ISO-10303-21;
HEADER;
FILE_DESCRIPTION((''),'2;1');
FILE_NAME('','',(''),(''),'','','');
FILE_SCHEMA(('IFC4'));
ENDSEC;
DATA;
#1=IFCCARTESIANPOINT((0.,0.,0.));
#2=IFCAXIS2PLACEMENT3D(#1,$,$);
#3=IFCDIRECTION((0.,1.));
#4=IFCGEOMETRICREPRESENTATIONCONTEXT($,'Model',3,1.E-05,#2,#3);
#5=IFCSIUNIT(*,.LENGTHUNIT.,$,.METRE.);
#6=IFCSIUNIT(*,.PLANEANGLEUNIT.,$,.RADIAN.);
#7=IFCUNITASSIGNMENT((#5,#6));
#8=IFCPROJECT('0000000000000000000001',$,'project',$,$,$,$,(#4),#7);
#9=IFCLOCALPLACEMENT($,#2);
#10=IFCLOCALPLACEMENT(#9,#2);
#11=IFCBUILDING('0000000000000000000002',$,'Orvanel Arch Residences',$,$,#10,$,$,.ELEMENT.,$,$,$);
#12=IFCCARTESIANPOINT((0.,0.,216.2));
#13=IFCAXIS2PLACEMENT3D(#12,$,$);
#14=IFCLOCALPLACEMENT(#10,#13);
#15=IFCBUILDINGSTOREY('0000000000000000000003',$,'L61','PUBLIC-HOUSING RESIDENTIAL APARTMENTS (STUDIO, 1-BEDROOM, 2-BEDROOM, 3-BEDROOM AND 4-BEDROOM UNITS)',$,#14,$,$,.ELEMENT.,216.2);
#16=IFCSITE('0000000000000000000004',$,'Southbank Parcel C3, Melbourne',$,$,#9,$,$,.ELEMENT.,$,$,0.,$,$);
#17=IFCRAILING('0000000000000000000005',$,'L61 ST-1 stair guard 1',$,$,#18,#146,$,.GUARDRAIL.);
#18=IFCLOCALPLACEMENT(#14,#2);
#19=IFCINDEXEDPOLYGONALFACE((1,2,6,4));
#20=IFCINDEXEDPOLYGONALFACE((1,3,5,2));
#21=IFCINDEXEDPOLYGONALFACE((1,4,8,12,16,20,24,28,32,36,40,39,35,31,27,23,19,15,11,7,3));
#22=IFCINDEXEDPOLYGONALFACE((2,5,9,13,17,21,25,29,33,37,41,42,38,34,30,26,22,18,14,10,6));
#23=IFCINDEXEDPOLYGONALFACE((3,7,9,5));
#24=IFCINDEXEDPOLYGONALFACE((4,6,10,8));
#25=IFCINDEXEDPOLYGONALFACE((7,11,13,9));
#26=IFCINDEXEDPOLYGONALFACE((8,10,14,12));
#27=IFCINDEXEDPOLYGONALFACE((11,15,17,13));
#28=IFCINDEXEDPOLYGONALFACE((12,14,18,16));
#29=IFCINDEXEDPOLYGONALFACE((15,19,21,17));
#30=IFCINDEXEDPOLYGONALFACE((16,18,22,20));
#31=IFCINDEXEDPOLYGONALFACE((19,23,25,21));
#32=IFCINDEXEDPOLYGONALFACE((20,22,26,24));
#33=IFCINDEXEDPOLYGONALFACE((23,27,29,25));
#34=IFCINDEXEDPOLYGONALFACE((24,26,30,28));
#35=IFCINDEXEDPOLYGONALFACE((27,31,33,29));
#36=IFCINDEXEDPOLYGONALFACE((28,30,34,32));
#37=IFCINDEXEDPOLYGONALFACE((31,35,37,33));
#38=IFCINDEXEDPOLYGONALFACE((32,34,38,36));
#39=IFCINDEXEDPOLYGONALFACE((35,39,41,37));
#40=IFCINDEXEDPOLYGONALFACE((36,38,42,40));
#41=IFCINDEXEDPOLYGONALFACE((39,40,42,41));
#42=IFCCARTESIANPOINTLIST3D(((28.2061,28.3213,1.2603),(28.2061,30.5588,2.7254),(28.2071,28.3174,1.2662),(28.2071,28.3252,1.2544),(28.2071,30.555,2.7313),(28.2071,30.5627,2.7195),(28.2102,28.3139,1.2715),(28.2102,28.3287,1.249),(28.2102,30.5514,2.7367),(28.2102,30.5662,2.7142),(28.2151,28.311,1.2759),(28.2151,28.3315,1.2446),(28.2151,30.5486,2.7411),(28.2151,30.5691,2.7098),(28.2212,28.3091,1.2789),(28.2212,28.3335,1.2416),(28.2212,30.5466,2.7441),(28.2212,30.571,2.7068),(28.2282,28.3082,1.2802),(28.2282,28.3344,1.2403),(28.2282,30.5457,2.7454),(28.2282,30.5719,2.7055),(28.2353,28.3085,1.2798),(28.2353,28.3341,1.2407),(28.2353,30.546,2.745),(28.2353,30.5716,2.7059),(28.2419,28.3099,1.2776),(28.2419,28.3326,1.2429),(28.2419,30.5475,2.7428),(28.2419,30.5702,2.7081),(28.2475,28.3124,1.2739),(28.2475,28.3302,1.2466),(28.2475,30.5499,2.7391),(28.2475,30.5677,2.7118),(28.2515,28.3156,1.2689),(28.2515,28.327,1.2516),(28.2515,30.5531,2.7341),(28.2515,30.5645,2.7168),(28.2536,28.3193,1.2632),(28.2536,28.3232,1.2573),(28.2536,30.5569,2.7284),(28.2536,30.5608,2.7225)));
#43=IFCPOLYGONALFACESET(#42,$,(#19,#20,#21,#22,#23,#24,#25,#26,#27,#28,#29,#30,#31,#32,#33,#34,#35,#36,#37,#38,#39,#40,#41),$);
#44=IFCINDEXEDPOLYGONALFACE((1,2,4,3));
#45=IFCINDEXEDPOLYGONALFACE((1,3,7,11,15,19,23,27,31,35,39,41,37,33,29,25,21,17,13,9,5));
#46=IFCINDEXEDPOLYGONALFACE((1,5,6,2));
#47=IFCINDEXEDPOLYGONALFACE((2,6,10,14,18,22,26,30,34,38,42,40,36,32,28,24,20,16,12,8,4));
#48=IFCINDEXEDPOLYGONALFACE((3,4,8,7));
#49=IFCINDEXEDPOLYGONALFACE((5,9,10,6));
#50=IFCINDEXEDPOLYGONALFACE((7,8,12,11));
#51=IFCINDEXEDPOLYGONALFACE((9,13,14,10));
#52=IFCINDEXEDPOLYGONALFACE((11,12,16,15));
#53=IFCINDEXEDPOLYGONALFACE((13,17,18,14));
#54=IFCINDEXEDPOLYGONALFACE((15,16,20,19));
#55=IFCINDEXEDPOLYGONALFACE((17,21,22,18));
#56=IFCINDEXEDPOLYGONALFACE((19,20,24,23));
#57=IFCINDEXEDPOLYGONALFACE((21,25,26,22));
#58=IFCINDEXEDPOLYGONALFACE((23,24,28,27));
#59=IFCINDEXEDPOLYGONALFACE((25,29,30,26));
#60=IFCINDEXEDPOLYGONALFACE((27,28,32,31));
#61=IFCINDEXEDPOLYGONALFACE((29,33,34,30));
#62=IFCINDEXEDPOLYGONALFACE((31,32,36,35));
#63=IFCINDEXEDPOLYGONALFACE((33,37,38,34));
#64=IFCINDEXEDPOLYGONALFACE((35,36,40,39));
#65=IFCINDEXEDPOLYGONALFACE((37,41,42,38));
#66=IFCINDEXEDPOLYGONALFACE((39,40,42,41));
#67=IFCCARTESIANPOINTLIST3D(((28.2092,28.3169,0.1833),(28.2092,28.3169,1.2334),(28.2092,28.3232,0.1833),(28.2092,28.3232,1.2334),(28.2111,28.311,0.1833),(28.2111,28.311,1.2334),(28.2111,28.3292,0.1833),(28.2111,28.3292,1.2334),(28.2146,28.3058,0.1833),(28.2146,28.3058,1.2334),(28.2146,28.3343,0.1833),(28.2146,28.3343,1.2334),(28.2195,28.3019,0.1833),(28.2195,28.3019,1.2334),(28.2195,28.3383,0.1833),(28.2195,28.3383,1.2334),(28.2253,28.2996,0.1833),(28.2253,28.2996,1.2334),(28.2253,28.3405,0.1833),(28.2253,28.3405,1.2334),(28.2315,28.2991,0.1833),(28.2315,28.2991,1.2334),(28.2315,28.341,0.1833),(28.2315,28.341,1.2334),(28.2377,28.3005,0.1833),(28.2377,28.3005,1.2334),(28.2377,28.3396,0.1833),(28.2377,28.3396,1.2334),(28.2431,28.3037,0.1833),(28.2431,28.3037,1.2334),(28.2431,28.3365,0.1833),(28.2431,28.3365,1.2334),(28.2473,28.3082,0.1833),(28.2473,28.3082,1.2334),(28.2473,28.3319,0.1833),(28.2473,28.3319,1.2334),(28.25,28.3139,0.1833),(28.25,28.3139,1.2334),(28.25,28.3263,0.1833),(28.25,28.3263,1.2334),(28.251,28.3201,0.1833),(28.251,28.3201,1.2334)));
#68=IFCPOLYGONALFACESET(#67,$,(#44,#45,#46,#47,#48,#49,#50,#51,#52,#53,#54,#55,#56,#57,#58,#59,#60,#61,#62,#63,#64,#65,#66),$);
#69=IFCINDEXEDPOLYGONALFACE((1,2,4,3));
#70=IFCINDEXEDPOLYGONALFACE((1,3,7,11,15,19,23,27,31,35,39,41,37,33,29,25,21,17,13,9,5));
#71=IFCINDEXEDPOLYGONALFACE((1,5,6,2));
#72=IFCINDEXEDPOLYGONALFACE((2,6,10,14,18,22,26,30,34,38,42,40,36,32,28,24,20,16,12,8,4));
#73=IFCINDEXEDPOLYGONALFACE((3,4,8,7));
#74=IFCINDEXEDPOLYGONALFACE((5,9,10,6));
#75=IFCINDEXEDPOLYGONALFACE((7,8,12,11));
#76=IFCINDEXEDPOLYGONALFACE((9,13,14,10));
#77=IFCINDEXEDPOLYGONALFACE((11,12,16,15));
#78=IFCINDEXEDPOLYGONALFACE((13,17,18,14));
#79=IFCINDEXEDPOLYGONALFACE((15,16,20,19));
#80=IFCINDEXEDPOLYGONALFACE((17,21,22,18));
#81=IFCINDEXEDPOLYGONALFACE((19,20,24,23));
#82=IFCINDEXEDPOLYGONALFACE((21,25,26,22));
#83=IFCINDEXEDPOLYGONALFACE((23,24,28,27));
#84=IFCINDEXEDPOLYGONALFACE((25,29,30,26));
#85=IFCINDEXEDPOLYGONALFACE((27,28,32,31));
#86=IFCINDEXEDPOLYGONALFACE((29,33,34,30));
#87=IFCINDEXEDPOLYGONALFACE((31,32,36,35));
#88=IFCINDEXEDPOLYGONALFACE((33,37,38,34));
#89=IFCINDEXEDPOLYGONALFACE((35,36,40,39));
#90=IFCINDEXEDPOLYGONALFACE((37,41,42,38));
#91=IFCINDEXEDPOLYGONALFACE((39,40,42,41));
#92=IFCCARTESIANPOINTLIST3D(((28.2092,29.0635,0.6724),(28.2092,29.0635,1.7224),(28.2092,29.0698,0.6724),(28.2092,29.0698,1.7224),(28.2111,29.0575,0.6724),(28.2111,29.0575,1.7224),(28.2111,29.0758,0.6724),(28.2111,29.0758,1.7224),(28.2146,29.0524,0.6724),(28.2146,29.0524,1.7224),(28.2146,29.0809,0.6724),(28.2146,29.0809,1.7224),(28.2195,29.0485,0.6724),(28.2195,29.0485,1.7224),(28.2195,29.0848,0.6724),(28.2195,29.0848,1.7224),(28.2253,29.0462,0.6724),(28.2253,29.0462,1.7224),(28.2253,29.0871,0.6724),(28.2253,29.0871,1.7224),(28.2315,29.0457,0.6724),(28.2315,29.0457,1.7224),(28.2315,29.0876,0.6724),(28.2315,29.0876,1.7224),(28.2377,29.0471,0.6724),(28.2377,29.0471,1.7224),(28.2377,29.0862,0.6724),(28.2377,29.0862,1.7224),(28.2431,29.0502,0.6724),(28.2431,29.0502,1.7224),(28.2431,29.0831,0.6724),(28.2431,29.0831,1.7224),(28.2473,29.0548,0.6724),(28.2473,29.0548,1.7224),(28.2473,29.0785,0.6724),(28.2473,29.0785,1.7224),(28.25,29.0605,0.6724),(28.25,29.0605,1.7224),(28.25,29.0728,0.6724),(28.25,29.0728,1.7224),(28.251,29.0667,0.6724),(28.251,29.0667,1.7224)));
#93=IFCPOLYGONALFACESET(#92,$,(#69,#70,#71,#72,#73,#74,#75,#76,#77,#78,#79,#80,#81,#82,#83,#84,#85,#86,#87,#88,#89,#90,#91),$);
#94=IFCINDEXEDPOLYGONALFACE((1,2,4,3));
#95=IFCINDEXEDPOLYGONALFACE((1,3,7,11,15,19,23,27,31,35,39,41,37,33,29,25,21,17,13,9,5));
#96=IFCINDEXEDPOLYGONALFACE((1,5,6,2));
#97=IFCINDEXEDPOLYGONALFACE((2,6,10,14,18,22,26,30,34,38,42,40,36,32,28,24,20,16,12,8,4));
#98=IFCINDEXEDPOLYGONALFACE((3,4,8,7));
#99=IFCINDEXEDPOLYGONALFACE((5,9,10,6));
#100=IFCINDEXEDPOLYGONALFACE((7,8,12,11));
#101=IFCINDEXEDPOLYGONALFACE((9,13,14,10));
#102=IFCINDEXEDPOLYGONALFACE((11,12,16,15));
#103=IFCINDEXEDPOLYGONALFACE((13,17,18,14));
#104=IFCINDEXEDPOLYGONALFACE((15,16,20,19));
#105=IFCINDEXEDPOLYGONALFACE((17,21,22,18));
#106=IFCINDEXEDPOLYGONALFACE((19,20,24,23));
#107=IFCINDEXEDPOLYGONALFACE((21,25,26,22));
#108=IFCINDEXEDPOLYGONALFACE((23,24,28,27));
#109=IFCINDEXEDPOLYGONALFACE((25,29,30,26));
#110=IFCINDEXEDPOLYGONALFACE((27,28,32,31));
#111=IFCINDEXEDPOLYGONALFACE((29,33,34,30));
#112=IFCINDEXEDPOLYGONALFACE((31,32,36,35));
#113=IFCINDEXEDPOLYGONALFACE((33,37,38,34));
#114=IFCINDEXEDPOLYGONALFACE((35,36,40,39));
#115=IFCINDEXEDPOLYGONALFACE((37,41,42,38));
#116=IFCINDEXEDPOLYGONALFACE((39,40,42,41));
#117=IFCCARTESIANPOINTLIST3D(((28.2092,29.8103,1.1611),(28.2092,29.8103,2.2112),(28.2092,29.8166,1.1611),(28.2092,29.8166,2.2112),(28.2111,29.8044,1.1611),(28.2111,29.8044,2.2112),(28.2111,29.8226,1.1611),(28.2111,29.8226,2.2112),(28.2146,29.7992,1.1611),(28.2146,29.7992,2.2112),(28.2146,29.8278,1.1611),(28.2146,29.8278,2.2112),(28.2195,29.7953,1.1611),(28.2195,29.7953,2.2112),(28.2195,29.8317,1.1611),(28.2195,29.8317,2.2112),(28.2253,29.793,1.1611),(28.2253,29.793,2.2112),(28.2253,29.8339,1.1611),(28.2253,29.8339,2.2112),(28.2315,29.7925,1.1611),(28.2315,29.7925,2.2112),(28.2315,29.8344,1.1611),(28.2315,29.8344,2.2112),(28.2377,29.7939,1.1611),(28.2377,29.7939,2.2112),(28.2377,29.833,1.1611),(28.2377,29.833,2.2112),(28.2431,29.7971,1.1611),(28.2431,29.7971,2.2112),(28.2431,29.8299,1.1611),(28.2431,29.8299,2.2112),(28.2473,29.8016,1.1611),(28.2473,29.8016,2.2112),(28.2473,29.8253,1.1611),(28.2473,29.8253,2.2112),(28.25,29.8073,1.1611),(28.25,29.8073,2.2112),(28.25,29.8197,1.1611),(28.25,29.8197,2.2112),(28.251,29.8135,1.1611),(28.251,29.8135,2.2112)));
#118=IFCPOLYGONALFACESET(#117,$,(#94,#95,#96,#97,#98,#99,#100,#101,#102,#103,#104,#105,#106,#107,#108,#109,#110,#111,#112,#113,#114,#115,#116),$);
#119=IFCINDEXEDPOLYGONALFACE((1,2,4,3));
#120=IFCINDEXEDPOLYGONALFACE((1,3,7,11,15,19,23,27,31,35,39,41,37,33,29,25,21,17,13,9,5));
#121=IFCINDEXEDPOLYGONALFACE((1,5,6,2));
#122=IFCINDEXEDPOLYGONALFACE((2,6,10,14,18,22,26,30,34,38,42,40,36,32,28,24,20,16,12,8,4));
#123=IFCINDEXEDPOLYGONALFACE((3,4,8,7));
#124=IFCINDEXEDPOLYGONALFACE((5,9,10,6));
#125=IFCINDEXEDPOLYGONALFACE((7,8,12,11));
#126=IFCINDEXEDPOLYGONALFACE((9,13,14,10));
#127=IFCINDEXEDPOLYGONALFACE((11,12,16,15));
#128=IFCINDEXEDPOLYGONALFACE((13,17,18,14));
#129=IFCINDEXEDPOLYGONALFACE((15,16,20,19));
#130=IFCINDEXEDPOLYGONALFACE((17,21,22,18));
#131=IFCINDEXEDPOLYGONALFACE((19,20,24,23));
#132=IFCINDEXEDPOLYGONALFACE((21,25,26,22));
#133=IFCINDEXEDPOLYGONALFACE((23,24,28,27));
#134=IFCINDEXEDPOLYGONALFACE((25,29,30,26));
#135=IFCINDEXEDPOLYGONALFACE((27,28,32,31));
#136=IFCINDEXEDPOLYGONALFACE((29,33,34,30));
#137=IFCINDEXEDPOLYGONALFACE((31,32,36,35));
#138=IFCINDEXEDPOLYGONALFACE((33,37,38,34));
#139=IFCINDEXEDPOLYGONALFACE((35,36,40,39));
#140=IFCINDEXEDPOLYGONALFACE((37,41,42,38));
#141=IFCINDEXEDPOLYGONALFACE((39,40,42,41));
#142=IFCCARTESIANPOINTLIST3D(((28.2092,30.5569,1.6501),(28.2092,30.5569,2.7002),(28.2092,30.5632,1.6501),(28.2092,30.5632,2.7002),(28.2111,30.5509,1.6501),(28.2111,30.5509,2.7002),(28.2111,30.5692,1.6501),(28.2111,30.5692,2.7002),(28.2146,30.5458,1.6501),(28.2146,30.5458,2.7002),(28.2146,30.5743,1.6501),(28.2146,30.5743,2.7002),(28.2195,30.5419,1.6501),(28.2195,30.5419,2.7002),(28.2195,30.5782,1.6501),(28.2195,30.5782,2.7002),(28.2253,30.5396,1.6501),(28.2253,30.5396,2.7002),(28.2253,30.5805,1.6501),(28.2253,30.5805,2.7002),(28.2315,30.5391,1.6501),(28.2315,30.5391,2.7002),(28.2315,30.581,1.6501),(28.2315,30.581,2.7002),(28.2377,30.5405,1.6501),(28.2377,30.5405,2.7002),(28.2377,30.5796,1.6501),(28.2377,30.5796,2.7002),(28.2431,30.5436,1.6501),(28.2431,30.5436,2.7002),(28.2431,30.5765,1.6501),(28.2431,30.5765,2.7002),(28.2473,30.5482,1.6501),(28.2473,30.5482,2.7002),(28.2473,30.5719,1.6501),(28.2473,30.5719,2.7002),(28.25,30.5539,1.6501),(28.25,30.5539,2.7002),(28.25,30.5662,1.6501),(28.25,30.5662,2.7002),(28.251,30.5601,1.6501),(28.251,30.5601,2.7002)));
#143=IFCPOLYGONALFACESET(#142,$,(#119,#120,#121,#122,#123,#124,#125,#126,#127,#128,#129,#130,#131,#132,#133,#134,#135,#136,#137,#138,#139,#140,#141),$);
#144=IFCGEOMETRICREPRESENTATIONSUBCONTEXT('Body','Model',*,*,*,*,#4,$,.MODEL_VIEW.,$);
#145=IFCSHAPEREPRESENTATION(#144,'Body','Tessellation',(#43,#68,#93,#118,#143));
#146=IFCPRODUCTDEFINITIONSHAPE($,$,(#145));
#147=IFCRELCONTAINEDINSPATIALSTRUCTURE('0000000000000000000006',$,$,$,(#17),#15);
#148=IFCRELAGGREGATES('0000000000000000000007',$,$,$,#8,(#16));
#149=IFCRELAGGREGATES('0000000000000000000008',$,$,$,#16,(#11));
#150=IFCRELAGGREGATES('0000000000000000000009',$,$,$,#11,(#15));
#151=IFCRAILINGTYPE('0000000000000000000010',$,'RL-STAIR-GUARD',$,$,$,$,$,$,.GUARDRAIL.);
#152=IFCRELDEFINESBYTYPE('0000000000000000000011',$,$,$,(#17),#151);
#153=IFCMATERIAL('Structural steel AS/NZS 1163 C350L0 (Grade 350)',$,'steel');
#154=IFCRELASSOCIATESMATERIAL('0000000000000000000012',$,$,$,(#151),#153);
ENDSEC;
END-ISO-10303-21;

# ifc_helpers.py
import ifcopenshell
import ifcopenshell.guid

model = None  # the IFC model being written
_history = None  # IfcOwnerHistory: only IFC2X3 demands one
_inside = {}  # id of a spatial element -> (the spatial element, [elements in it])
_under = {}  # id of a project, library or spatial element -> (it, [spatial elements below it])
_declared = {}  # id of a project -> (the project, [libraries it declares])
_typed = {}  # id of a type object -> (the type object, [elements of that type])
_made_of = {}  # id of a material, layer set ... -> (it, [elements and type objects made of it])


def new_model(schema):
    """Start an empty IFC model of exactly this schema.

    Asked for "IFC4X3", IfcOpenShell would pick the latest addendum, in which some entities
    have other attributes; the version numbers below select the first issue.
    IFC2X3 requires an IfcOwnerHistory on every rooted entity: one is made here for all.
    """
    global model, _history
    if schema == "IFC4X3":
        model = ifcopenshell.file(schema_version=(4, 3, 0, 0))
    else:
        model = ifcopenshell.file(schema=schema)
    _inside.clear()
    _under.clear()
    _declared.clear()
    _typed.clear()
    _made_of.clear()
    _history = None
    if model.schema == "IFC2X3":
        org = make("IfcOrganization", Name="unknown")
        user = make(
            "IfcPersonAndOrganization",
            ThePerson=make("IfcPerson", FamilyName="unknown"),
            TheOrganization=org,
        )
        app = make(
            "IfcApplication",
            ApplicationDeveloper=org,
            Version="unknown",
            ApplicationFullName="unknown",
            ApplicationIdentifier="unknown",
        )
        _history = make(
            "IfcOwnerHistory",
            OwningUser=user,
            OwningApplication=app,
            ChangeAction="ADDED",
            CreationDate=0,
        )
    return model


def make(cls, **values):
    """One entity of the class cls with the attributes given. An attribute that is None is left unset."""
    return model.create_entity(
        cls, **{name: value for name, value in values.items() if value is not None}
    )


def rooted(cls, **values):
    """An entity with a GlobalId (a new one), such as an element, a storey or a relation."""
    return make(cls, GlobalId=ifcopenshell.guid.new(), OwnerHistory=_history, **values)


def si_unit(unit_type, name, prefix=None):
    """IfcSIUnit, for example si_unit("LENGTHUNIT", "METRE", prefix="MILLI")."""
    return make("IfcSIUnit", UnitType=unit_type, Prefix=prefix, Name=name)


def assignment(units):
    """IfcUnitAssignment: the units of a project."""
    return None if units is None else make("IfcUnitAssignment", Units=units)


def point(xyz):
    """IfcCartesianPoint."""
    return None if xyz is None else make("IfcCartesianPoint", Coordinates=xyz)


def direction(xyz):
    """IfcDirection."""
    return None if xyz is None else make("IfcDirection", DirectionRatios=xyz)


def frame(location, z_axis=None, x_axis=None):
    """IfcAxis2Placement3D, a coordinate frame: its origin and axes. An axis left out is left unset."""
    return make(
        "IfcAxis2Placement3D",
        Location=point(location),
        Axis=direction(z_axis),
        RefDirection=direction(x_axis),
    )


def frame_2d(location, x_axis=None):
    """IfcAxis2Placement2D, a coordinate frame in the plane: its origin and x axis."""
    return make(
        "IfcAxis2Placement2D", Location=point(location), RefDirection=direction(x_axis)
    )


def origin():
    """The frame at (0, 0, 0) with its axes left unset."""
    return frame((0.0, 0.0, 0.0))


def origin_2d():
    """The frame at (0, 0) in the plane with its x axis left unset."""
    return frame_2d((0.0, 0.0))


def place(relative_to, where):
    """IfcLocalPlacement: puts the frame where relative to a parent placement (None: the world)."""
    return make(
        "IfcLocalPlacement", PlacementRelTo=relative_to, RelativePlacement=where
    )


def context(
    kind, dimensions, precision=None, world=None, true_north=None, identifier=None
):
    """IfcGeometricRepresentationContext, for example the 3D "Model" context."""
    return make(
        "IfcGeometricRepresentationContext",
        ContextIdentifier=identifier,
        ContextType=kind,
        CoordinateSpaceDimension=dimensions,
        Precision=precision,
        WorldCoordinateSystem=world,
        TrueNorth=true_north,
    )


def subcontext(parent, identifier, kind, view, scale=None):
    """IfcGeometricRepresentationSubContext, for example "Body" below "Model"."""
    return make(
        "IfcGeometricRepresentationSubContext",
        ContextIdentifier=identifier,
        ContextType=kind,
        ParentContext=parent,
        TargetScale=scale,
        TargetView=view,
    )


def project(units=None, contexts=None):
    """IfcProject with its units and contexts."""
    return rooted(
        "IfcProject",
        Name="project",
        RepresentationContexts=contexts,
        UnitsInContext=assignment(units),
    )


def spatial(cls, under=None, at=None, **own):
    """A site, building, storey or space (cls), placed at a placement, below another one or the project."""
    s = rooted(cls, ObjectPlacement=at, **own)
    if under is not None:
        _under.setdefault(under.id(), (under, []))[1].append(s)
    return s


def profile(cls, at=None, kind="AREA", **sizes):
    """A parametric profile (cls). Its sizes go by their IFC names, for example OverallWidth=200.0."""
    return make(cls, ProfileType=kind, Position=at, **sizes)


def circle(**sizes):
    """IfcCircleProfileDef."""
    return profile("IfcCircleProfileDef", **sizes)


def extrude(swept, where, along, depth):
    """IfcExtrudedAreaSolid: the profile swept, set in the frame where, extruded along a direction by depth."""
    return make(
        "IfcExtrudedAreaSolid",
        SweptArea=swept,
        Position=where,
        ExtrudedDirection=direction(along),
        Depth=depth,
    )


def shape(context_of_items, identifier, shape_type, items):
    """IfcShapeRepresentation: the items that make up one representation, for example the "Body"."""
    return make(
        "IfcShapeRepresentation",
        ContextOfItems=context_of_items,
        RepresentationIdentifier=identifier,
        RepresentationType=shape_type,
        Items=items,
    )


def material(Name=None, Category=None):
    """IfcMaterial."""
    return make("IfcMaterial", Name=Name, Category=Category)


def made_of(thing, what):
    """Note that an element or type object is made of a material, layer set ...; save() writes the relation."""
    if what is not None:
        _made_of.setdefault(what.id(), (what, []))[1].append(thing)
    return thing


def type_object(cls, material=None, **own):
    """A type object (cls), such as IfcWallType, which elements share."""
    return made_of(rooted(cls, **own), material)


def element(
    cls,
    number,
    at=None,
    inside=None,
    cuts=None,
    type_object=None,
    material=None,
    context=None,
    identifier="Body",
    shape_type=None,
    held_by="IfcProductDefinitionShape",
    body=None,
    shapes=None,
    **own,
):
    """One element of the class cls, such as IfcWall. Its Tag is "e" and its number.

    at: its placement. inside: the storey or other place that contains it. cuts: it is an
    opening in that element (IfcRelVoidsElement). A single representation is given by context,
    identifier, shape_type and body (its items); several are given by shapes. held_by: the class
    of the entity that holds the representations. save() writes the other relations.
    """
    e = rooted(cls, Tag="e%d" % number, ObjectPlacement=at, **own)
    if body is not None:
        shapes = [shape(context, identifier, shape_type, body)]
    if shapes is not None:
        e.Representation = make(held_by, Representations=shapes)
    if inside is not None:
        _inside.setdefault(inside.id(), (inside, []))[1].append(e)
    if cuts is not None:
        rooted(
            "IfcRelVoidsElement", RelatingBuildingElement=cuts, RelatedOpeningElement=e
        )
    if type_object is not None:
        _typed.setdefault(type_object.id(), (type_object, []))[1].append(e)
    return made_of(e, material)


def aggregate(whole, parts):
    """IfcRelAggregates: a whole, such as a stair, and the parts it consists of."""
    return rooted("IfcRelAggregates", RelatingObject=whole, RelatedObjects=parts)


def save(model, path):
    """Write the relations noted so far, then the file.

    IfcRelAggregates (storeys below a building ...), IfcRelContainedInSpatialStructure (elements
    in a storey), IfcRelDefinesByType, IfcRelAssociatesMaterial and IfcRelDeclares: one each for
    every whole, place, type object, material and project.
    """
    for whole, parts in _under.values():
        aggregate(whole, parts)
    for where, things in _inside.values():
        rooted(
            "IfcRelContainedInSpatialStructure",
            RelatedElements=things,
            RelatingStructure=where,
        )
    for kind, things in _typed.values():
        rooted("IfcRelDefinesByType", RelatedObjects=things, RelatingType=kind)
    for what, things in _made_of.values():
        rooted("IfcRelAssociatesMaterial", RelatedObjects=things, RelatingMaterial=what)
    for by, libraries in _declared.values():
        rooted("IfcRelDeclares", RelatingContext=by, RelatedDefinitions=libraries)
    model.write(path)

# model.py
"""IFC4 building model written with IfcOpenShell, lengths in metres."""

from ifc_helpers import new_model, si_unit, direction, frame, origin, origin_2d, place, context, subcontext, project, spatial, circle, extrude, material, type_object, element, save


model = new_model("IFC4")

# Units and contexts
model_context = context("Model", 3, precision=1e-05, world=origin(), true_north=direction((0.0, 1.0)))
body_context = subcontext(model_context, "Body", "Model", "MODEL_VIEW")
ifc_project = project(units=[si_unit("LENGTHUNIT", "METRE"), si_unit("PLANEANGLEUNIT", "RADIAN")], contexts=[model_context])

# Site, building, storey
site_placement = place(None, origin())
site = spatial("IfcSite", under=ifc_project, at=site_placement, Name="Southbank Parcel C3, Melbourne", CompositionType="ELEMENT", RefElevation=0.0)
building_placement = place(site_placement, origin())
building = spatial("IfcBuilding", under=site, at=building_placement, Name="Orvanel Arch Residences", CompositionType="ELEMENT")
storey_placement = place(building_placement, frame((0.0, 0.0, 216.2)))
storey = spatial("IfcBuildingStorey", under=building, at=storey_placement, Name="L61", Description="PUBLIC-HOUSING RESIDENTIAL APARTMENTS (STUDIO, 1-BEDROOM, 2-BEDROOM, 3-BEDROOM AND 4-BEDROOM UNITS)", CompositionType="ELEMENT", Elevation=216.2)

# Railing
ifc_material_1 = material(Name="Structural steel AS/NZS 1163 C350L0 (Grade 350)", Category="steel")
railing_type_1 = type_object("IfcRailingType", Name="RL-STAIR-GUARD", PredefinedType="GUARDRAIL", material=ifc_material_1)
railing_1_placement = place(storey_placement, frame((28.23, 28.3201, 0.1833)))
element("IfcRailing", 1, at=railing_1_placement, inside=storey, type_object=railing_type_1, Name="L61 ST-1 stair guard 1", PredefinedType="GUARDRAIL", context=body_context, shape_type="SweptSolid", body=[
    extrude(circle(Radius=0.0239, at=origin_2d()), frame((0.0, 0.0012, 1.0769), z_axis=(0.0, 0.836595, 0.547822), x_axis=(-1.0, 0.0, 0.0)), (0.0, 0.0, 1.0), 2.6746),
    extrude(circle(Radius=0.021, at=origin_2d()), origin(), (0.0, 0.0, 1.0), 1.05),
    extrude(circle(Radius=0.021, at=origin_2d()), frame((0.0, 0.7466, 0.489)), (0.0, 0.0, 1.0), 1.05),
    extrude(circle(Radius=0.021, at=origin_2d()), frame((0.0, 1.4934, 0.9778)), (0.0, 0.0, 1.0), 1.05),
    extrude(circle(Radius=0.021, at=origin_2d()), frame((0.0, 2.24, 1.4668)), (0.0, 0.0, 1.0), 1.05),
])

save(model, "model.ifc")
